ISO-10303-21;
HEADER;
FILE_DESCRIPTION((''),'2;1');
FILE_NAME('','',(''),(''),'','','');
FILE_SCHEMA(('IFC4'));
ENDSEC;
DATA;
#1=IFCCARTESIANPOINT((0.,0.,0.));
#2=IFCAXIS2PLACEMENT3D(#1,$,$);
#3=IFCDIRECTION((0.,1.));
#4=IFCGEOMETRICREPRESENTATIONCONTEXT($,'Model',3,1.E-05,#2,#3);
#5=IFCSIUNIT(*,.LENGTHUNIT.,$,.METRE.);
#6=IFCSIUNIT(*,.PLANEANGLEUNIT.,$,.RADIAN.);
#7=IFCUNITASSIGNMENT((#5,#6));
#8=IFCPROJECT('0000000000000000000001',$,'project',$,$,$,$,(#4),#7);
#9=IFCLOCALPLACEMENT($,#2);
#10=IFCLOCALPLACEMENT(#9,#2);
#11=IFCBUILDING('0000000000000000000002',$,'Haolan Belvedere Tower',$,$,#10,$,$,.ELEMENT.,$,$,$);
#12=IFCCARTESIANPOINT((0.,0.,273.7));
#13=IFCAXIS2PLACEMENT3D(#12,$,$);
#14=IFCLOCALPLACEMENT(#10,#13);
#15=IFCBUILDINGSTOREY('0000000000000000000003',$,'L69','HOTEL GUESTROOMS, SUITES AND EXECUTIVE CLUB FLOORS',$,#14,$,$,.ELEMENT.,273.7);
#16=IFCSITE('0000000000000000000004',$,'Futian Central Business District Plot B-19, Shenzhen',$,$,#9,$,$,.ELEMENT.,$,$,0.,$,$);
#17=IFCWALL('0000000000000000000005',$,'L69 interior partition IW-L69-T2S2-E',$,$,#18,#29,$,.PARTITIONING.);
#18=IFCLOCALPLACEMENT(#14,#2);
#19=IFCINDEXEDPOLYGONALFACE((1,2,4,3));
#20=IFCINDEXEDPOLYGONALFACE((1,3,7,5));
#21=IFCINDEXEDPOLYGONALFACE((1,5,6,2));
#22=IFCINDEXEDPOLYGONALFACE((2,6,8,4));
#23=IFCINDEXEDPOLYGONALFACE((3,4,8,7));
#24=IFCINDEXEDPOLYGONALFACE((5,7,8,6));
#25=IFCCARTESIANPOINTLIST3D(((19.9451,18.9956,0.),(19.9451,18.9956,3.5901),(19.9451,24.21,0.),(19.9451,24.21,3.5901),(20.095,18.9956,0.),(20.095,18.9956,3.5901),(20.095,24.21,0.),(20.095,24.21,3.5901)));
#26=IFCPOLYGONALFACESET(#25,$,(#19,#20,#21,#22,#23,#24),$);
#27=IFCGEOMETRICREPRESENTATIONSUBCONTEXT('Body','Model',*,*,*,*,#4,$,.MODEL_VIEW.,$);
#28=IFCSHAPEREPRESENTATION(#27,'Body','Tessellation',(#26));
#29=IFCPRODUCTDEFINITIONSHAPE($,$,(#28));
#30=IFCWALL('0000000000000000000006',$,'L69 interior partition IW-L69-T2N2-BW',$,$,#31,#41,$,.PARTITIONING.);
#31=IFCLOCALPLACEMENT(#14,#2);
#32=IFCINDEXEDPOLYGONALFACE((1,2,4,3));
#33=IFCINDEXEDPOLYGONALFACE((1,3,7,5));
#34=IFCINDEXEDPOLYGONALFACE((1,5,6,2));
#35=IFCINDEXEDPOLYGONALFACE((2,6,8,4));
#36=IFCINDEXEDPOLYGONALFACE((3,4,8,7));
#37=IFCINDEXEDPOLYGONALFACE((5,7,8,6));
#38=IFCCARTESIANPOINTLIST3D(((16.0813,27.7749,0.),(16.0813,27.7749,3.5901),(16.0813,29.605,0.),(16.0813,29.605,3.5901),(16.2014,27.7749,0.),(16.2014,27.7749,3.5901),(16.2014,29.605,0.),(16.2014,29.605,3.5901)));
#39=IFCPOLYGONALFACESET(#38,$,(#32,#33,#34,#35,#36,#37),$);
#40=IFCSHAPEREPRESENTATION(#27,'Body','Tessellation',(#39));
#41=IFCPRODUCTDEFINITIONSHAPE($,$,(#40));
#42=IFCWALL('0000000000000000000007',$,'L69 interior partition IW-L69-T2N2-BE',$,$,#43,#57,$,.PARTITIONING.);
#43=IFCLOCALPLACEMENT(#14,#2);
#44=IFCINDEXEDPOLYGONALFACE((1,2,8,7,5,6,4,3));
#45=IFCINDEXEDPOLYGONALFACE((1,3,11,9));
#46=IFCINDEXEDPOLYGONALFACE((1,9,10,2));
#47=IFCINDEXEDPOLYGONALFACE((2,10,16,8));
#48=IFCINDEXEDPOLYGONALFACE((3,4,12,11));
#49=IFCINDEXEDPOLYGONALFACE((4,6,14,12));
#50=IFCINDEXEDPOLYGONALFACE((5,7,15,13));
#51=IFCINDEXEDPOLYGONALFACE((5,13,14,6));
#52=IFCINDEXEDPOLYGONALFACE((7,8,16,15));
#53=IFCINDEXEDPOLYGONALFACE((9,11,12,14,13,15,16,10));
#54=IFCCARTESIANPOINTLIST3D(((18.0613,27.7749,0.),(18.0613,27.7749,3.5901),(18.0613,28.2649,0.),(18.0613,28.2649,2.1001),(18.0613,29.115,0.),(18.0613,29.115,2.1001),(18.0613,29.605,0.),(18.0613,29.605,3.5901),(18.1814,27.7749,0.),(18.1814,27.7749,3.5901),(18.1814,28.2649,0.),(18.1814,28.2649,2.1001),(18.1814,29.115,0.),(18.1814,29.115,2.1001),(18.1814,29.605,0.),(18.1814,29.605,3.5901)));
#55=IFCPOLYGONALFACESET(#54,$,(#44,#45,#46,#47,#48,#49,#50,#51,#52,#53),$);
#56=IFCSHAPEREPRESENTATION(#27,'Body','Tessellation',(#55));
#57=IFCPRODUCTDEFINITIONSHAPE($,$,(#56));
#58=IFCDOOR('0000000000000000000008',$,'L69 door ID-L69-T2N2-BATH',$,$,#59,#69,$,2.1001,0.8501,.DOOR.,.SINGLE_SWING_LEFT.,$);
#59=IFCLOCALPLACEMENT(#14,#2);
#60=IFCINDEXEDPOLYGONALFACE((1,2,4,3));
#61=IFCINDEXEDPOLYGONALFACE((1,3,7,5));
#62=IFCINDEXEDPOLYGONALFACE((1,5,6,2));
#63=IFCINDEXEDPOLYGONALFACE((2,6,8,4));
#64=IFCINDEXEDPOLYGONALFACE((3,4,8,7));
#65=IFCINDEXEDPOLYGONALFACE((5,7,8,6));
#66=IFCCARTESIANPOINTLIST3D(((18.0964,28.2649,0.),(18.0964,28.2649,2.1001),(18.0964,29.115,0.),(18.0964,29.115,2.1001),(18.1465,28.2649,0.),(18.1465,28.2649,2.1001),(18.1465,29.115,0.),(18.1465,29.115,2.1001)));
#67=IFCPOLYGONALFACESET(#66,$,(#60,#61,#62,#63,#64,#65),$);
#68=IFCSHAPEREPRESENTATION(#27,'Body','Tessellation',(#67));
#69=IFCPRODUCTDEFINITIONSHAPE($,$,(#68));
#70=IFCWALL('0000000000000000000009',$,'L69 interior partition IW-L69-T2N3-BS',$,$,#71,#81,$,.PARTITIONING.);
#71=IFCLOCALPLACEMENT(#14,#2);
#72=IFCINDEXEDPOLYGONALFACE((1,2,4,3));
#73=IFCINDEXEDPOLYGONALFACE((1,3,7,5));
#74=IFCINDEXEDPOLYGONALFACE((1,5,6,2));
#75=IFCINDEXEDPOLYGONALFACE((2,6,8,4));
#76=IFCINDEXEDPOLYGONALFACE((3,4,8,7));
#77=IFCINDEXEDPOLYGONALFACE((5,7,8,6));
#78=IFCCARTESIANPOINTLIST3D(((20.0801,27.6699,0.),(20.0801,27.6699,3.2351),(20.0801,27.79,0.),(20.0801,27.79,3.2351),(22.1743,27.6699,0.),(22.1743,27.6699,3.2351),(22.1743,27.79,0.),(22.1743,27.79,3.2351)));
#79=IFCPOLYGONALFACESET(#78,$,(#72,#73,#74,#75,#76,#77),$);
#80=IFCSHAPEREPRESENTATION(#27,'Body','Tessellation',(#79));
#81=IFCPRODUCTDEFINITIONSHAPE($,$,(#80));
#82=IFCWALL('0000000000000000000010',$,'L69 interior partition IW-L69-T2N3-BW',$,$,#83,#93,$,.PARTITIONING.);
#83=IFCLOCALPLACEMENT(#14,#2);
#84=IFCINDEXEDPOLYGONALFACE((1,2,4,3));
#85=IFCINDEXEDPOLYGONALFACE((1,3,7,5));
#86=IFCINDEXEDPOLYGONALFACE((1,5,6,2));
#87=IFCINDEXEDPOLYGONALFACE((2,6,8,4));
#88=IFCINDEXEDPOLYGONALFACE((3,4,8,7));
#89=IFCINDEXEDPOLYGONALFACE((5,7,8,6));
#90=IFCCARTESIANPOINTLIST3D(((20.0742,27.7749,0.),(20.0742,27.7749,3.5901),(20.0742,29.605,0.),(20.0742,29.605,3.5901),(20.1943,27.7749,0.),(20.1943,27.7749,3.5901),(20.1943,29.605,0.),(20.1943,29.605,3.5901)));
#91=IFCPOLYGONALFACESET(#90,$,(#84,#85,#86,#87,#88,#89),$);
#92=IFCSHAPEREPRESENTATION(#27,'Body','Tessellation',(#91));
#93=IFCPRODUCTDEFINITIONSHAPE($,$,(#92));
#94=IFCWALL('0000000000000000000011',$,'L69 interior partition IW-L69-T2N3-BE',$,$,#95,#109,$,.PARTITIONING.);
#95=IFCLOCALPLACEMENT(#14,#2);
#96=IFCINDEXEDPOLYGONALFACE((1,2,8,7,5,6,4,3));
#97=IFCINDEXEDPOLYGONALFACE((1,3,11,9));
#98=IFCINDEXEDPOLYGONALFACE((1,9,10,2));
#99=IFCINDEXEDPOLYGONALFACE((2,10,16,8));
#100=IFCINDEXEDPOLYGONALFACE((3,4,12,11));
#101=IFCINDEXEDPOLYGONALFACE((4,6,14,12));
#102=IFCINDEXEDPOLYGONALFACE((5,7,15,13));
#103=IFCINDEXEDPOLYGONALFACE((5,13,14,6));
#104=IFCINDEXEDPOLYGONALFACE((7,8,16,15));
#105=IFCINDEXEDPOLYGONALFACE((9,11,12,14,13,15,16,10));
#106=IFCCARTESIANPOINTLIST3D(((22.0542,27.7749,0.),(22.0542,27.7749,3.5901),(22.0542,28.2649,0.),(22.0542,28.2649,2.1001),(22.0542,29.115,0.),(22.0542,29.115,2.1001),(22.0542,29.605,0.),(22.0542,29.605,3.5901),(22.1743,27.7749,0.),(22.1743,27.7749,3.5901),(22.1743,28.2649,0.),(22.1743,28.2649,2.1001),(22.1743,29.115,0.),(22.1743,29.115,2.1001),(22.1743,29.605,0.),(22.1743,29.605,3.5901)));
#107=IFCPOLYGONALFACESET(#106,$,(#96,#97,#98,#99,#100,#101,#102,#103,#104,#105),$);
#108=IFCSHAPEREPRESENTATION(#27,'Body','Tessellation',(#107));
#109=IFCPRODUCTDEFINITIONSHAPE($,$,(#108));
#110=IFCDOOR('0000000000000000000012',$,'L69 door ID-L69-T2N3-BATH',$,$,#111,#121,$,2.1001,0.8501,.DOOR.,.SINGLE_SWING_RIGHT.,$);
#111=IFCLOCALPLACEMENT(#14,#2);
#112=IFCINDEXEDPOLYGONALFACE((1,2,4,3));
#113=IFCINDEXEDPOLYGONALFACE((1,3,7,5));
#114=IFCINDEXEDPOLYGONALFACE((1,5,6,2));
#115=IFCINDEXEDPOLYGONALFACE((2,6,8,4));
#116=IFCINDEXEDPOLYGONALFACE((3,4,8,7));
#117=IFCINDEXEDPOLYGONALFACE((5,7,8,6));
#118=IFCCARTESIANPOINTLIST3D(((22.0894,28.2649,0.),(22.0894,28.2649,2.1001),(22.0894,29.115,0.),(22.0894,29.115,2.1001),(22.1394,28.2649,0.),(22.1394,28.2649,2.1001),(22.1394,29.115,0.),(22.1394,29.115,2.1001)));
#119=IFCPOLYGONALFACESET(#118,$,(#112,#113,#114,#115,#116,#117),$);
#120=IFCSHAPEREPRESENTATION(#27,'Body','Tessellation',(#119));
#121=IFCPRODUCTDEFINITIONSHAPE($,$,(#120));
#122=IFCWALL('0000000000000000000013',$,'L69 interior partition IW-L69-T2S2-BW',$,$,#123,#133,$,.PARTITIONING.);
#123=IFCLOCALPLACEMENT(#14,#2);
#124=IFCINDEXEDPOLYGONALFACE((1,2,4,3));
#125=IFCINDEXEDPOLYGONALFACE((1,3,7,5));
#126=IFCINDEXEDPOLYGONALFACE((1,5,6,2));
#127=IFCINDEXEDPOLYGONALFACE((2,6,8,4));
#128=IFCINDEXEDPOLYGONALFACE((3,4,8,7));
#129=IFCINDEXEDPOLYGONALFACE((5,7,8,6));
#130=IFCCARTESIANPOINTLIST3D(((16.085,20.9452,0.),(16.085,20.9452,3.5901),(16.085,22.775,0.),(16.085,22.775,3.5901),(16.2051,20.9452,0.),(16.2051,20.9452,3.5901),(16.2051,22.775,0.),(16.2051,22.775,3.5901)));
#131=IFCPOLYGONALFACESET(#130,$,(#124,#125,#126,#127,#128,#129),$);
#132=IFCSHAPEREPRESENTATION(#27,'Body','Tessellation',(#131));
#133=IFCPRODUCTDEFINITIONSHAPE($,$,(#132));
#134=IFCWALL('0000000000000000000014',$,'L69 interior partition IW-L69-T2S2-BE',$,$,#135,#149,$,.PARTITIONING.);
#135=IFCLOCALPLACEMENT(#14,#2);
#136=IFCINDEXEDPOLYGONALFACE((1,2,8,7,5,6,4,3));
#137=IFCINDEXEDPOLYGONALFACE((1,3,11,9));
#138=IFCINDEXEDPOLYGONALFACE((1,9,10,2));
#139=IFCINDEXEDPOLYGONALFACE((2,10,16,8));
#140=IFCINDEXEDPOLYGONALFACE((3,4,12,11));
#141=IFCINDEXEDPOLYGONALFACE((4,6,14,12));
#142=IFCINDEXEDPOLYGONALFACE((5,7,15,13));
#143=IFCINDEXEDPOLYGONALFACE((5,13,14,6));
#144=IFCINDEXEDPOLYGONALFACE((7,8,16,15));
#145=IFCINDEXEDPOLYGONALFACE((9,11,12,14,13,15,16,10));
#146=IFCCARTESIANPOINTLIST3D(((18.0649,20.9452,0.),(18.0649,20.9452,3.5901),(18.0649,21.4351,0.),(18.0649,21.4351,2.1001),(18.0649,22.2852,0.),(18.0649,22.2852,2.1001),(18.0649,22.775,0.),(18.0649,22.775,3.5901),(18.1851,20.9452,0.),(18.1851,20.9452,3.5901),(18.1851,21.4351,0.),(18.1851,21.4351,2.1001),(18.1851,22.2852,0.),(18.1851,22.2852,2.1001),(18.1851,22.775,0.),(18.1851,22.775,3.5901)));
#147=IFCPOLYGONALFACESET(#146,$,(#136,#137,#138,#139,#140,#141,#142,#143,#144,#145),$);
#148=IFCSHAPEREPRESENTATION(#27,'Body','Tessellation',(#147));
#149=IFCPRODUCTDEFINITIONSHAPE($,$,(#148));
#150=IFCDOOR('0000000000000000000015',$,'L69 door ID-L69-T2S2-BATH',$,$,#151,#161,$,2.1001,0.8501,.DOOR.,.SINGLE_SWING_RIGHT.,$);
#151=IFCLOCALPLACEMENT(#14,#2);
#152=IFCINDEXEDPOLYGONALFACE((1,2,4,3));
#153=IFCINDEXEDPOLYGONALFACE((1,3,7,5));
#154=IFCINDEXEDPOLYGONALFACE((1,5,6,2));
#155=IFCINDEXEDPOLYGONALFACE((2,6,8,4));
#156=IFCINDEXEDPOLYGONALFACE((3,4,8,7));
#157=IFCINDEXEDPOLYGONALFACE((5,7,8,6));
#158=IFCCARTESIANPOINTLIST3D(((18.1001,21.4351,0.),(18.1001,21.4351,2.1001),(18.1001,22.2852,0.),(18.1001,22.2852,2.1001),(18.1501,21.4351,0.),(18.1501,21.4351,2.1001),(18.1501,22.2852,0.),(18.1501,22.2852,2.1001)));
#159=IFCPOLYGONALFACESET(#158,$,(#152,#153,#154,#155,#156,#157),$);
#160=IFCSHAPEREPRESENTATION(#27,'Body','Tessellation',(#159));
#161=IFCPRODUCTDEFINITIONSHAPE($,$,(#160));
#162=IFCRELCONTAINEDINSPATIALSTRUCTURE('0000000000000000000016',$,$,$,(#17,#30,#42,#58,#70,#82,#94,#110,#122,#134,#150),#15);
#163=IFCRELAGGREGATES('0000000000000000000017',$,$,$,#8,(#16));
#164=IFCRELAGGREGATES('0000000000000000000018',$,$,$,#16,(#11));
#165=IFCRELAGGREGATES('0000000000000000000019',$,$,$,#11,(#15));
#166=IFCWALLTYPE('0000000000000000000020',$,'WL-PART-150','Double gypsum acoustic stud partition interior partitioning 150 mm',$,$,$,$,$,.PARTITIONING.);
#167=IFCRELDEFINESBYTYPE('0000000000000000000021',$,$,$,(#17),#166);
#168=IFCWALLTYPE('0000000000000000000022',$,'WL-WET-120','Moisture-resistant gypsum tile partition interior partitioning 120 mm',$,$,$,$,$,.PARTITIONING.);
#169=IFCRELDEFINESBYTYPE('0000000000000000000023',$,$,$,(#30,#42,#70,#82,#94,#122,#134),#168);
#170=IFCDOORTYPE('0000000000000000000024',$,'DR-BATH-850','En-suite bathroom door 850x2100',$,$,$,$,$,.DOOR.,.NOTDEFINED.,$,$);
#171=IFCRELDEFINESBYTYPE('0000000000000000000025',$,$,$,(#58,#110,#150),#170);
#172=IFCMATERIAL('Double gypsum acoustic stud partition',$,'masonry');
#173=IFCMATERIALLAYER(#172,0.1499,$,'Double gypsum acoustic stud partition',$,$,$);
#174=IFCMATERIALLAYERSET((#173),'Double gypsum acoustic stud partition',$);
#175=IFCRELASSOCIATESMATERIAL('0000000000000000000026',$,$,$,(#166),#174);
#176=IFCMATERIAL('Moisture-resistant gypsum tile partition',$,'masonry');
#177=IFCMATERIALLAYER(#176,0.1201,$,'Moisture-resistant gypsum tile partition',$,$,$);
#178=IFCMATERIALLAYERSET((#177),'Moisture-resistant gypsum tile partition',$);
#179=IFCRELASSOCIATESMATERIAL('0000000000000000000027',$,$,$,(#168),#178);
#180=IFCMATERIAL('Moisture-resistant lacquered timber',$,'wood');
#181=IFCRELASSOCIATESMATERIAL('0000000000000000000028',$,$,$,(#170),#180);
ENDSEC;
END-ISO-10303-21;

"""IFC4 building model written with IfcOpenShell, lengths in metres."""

from ifc_helpers import new_model, si_unit, direction, frame, frame_2d, origin, place, context, subcontext, project, spatial, rectangle, extrude, material, layer, layer_set, type_object, element, fill, save


model = new_model("IFC4")

# Units and contexts
model_context = context("Model", 3, precision=1e-05, world=origin(), true_north=direction((0.0, 1.0)))
body_context = subcontext(model_context, "Body", "Model", "MODEL_VIEW")
ifc_project = project(units=[si_unit("LENGTHUNIT", "METRE"), si_unit("PLANEANGLEUNIT", "RADIAN")], contexts=[model_context])

# Site, building, storey
site_placement = place(None, origin())
site = spatial("IfcSite", under=ifc_project, at=site_placement, Name="Futian Central Business District Plot B-19, Shenzhen", CompositionType="ELEMENT", RefElevation=0.0)
building_placement = place(site_placement, origin())
building = spatial("IfcBuilding", under=site, at=building_placement, Name="Haolan Belvedere Tower", CompositionType="ELEMENT")
storey_placement = place(building_placement, frame((0.0, 0.0, 273.7)))
storey = spatial("IfcBuildingStorey", under=building, at=storey_placement, Name="L69", Description="HOTEL GUESTROOMS, SUITES AND EXECUTIVE CLUB FLOORS", CompositionType="ELEMENT", Elevation=273.7)

# Shared definitions
ifc_material_1 = material(Name="Double gypsum acoustic stud partition", Category="masonry")
ifc_layer_1 = layer(ifc_material_1, 0.1499, Name="Double gypsum acoustic stud partition")
ifc_layer_set_1 = layer_set([ifc_layer_1], Name="Double gypsum acoustic stud partition")
wall_type_1 = type_object("IfcWallType", Name="WL-PART-150", Description="Double gypsum acoustic stud partition interior partitioning 150 mm", PredefinedType="PARTITIONING", material=ifc_layer_set_1)

# Wall
wall_1_placement = place(storey_placement, frame((20.02, 18.9956, 0.0), z_axis=(0.0, 0.0, 1.0), x_axis=(0.0, 1.0, 0.0)))
element("IfcWall", 1, at=wall_1_placement, inside=storey, type_object=wall_type_1, Name="L69 interior partition IW-L69-T2S2-E", PredefinedType="PARTITIONING", context=body_context, shape_type="SweptSolid", body=[
    extrude(rectangle(XDim=5.2144, YDim=0.1499, at=frame_2d((2.6072, 0.0))), origin(), (0.0, 0.0, 1.0), 3.5901),
])

# Wall
ifc_material_2 = material(Name="Moisture-resistant gypsum tile partition", Category="masonry")
ifc_layer_2 = layer(ifc_material_2, 0.1201, Name="Moisture-resistant gypsum tile partition")
ifc_layer_set_2 = layer_set([ifc_layer_2], Name="Moisture-resistant gypsum tile partition")
wall_type_2 = type_object("IfcWallType", Name="WL-WET-120", Description="Moisture-resistant gypsum tile partition interior partitioning 120 mm", PredefinedType="PARTITIONING", material=ifc_layer_set_2)
wall_2_placement = place(storey_placement, frame((16.1414, 27.7749, 0.0), z_axis=(0.0, 0.0, 1.0), x_axis=(0.0, 1.0, 0.0)))
element("IfcWall", 2, at=wall_2_placement, inside=storey, type_object=wall_type_2, Name="L69 interior partition IW-L69-T2N2-BW", PredefinedType="PARTITIONING", context=body_context, shape_type="SweptSolid", body=[
    extrude(rectangle(XDim=1.8301, YDim=0.1201, at=frame_2d((0.915, 0.0))), origin(), (0.0, 0.0, 1.0), 3.5901),
])

# Wall, opening, door
wall_3_placement = place(storey_placement, frame((18.1213, 27.7749, 0.0), z_axis=(0.0, 0.0, 1.0), x_axis=(0.0, 1.0, 0.0)))
wall_3 = element("IfcWall", 3, at=wall_3_placement, inside=storey, type_object=wall_type_2, Name="L69 interior partition IW-L69-T2N2-BE", PredefinedType="PARTITIONING", context=body_context, shape_type="SweptSolid", body=[
    extrude(rectangle(XDim=1.8301, YDim=0.1201, at=frame_2d((0.915, 0.0))), origin(), (0.0, 0.0, 1.0), 3.5901),
])
opening_1_placement = place(wall_3_placement, frame((0.49, 0.0, 0.0)))
opening_1 = element("IfcOpeningElement", 4, at=opening_1_placement, cuts=wall_3, PredefinedType="OPENING", context=body_context, shape_type="SweptSolid", body=[
    extrude(rectangle(XDim=0.8501, YDim=2.1001, at=frame_2d((0.425, 1.05))), frame((0.0, 0.0701, 0.0), z_axis=(0.0, -1.0, 0.0), x_axis=(1.0, 0.0, 0.0)), (0.0, 0.0, 1.0), 0.1401),
])
ifc_material_3 = material(Name="Moisture-resistant lacquered timber", Category="wood")
door_type_1 = type_object("IfcDoorType", Name="DR-BATH-850", Description="En-suite bathroom door 850x2100", OperationType="NOTDEFINED", PredefinedType="DOOR", material=ifc_material_3)
door_1_placement = place(opening_1_placement, origin())
door_1 = element("IfcDoor", 5, at=door_1_placement, inside=storey, type_object=door_type_1, Name="L69 door ID-L69-T2N2-BATH", OperationType="SINGLE_SWING_LEFT", OverallHeight=2.1001, OverallWidth=0.8501, PredefinedType="DOOR", context=body_context, shape_type="SweptSolid", body=[
    extrude(rectangle(XDim=0.8501, YDim=2.1001, at=frame_2d((0.425, 1.05))), frame((0.0, 0.0249, 0.0), z_axis=(0.0, -1.0, 0.0), x_axis=(1.0, 0.0, 0.0)), (0.0, 0.0, 1.0), 0.05),
])
fill(opening_1, door_1)

# Walls
wall_4_placement = place(storey_placement, frame((20.0801, 27.73, 0.0), z_axis=(0.0, 0.0, 1.0), x_axis=(1.0, 0.0, 0.0)))
element("IfcWall", 6, at=wall_4_placement, inside=storey, type_object=wall_type_2, Name="L69 interior partition IW-L69-T2N3-BS", PredefinedType="PARTITIONING", context=body_context, shape_type="SweptSolid", body=[
    extrude(rectangle(XDim=2.0942, YDim=0.1201, at=frame_2d((1.0471, 0.0))), origin(), (0.0, 0.0, 1.0), 3.2351),
])
wall_5_placement = place(storey_placement, frame((20.1343, 27.7749, 0.0), z_axis=(0.0, 0.0, 1.0), x_axis=(0.0, 1.0, 0.0)))
element("IfcWall", 7, at=wall_5_placement, inside=storey, type_object=wall_type_2, Name="L69 interior partition IW-L69-T2N3-BW", PredefinedType="PARTITIONING", context=body_context, shape_type="SweptSolid", body=[
    extrude(rectangle(XDim=1.8301, YDim=0.1201, at=frame_2d((0.915, 0.0))), origin(), (0.0, 0.0, 1.0), 3.5901),
])

# Wall, opening, door
wall_6_placement = place(storey_placement, frame((22.1143, 27.7749, 0.0), z_axis=(0.0, 0.0, 1.0), x_axis=(0.0, 1.0, 0.0)))
wall_6 = element("IfcWall", 8, at=wall_6_placement, inside=storey, type_object=wall_type_2, Name="L69 interior partition IW-L69-T2N3-BE", PredefinedType="PARTITIONING", context=body_context, shape_type="SweptSolid", body=[
    extrude(rectangle(XDim=1.8301, YDim=0.1201, at=frame_2d((0.915, 0.0))), origin(), (0.0, 0.0, 1.0), 3.5901),
])
opening_2_placement = place(wall_6_placement, frame((0.49, 0.0, 0.0)))
opening_2 = element("IfcOpeningElement", 9, at=opening_2_placement, cuts=wall_6, PredefinedType="OPENING", context=body_context, shape_type="SweptSolid", body=[
    extrude(rectangle(XDim=0.8501, YDim=2.1001, at=frame_2d((0.425, 1.05))), frame((0.0, 0.0701, 0.0), z_axis=(0.0, -1.0, 0.0), x_axis=(1.0, 0.0, 0.0)), (0.0, 0.0, 1.0), 0.1401),
])
door_2_placement = place(opening_2_placement, origin())
door_2 = element("IfcDoor", 10, at=door_2_placement, inside=storey, type_object=door_type_1, Name="L69 door ID-L69-T2N3-BATH", OperationType="SINGLE_SWING_RIGHT", OverallHeight=2.1001, OverallWidth=0.8501, PredefinedType="DOOR", context=body_context, shape_type="SweptSolid", body=[
    extrude(rectangle(XDim=0.8501, YDim=2.1001, at=frame_2d((0.425, 1.05))), frame((0.0, 0.0249, 0.0), z_axis=(0.0, -1.0, 0.0), x_axis=(1.0, 0.0, 0.0)), (0.0, 0.0, 1.0), 0.05),
])
fill(opening_2, door_2)

# Wall
wall_7_placement = place(storey_placement, frame((16.145, 20.9451, 0.0), z_axis=(0.0, 0.0, 1.0), x_axis=(0.0, 1.0, 0.0)))
element("IfcWall", 11, at=wall_7_placement, inside=storey, type_object=wall_type_2, Name="L69 interior partition IW-L69-T2S2-BW", PredefinedType="PARTITIONING", context=body_context, shape_type="SweptSolid", body=[
    extrude(rectangle(XDim=1.8298, YDim=0.1201, at=frame_2d((0.915, 0.0))), origin(), (0.0, 0.0, 1.0), 3.5901),
])

# Wall, opening, door
wall_8_placement = place(storey_placement, frame((18.125, 20.9451, 0.0), z_axis=(0.0, 0.0, 1.0), x_axis=(0.0, 1.0, 0.0)))
wall_8 = element("IfcWall", 12, at=wall_8_placement, inside=storey, type_object=wall_type_2, Name="L69 interior partition IW-L69-T2S2-BE", PredefinedType="PARTITIONING", context=body_context, shape_type="SweptSolid", body=[
    extrude(rectangle(XDim=1.8298, YDim=0.1201, at=frame_2d((0.915, 0.0))), origin(), (0.0, 0.0, 1.0), 3.5901),
])
opening_3_placement = place(wall_8_placement, frame((0.49, 0.0, 0.0)))
opening_3 = element("IfcOpeningElement", 13, at=opening_3_placement, cuts=wall_8, PredefinedType="OPENING", context=body_context, shape_type="SweptSolid", body=[
    extrude(rectangle(XDim=0.8501, YDim=2.1001, at=frame_2d((0.425, 1.05))), frame((0.0, 0.0701, 0.0), z_axis=(0.0, -1.0, 0.0), x_axis=(1.0, 0.0, 0.0)), (0.0, 0.0, 1.0), 0.1401),
])
door_3_placement = place(opening_3_placement, origin())
door_3 = element("IfcDoor", 14, at=door_3_placement, inside=storey, type_object=door_type_1, Name="L69 door ID-L69-T2S2-BATH", OperationType="SINGLE_SWING_RIGHT", OverallHeight=2.1001, OverallWidth=0.8501, PredefinedType="DOOR", context=body_context, shape_type="SweptSolid", body=[
    extrude(rectangle(XDim=0.8501, YDim=2.1001, at=frame_2d((0.425, 1.05))), frame((0.0, 0.0249, 0.0), z_axis=(0.0, -1.0, 0.0), x_axis=(1.0, 0.0, 0.0)), (0.0, 0.0, 1.0), 0.05),
])
fill(opening_3, door_3)

save(model, "model.ifc")
